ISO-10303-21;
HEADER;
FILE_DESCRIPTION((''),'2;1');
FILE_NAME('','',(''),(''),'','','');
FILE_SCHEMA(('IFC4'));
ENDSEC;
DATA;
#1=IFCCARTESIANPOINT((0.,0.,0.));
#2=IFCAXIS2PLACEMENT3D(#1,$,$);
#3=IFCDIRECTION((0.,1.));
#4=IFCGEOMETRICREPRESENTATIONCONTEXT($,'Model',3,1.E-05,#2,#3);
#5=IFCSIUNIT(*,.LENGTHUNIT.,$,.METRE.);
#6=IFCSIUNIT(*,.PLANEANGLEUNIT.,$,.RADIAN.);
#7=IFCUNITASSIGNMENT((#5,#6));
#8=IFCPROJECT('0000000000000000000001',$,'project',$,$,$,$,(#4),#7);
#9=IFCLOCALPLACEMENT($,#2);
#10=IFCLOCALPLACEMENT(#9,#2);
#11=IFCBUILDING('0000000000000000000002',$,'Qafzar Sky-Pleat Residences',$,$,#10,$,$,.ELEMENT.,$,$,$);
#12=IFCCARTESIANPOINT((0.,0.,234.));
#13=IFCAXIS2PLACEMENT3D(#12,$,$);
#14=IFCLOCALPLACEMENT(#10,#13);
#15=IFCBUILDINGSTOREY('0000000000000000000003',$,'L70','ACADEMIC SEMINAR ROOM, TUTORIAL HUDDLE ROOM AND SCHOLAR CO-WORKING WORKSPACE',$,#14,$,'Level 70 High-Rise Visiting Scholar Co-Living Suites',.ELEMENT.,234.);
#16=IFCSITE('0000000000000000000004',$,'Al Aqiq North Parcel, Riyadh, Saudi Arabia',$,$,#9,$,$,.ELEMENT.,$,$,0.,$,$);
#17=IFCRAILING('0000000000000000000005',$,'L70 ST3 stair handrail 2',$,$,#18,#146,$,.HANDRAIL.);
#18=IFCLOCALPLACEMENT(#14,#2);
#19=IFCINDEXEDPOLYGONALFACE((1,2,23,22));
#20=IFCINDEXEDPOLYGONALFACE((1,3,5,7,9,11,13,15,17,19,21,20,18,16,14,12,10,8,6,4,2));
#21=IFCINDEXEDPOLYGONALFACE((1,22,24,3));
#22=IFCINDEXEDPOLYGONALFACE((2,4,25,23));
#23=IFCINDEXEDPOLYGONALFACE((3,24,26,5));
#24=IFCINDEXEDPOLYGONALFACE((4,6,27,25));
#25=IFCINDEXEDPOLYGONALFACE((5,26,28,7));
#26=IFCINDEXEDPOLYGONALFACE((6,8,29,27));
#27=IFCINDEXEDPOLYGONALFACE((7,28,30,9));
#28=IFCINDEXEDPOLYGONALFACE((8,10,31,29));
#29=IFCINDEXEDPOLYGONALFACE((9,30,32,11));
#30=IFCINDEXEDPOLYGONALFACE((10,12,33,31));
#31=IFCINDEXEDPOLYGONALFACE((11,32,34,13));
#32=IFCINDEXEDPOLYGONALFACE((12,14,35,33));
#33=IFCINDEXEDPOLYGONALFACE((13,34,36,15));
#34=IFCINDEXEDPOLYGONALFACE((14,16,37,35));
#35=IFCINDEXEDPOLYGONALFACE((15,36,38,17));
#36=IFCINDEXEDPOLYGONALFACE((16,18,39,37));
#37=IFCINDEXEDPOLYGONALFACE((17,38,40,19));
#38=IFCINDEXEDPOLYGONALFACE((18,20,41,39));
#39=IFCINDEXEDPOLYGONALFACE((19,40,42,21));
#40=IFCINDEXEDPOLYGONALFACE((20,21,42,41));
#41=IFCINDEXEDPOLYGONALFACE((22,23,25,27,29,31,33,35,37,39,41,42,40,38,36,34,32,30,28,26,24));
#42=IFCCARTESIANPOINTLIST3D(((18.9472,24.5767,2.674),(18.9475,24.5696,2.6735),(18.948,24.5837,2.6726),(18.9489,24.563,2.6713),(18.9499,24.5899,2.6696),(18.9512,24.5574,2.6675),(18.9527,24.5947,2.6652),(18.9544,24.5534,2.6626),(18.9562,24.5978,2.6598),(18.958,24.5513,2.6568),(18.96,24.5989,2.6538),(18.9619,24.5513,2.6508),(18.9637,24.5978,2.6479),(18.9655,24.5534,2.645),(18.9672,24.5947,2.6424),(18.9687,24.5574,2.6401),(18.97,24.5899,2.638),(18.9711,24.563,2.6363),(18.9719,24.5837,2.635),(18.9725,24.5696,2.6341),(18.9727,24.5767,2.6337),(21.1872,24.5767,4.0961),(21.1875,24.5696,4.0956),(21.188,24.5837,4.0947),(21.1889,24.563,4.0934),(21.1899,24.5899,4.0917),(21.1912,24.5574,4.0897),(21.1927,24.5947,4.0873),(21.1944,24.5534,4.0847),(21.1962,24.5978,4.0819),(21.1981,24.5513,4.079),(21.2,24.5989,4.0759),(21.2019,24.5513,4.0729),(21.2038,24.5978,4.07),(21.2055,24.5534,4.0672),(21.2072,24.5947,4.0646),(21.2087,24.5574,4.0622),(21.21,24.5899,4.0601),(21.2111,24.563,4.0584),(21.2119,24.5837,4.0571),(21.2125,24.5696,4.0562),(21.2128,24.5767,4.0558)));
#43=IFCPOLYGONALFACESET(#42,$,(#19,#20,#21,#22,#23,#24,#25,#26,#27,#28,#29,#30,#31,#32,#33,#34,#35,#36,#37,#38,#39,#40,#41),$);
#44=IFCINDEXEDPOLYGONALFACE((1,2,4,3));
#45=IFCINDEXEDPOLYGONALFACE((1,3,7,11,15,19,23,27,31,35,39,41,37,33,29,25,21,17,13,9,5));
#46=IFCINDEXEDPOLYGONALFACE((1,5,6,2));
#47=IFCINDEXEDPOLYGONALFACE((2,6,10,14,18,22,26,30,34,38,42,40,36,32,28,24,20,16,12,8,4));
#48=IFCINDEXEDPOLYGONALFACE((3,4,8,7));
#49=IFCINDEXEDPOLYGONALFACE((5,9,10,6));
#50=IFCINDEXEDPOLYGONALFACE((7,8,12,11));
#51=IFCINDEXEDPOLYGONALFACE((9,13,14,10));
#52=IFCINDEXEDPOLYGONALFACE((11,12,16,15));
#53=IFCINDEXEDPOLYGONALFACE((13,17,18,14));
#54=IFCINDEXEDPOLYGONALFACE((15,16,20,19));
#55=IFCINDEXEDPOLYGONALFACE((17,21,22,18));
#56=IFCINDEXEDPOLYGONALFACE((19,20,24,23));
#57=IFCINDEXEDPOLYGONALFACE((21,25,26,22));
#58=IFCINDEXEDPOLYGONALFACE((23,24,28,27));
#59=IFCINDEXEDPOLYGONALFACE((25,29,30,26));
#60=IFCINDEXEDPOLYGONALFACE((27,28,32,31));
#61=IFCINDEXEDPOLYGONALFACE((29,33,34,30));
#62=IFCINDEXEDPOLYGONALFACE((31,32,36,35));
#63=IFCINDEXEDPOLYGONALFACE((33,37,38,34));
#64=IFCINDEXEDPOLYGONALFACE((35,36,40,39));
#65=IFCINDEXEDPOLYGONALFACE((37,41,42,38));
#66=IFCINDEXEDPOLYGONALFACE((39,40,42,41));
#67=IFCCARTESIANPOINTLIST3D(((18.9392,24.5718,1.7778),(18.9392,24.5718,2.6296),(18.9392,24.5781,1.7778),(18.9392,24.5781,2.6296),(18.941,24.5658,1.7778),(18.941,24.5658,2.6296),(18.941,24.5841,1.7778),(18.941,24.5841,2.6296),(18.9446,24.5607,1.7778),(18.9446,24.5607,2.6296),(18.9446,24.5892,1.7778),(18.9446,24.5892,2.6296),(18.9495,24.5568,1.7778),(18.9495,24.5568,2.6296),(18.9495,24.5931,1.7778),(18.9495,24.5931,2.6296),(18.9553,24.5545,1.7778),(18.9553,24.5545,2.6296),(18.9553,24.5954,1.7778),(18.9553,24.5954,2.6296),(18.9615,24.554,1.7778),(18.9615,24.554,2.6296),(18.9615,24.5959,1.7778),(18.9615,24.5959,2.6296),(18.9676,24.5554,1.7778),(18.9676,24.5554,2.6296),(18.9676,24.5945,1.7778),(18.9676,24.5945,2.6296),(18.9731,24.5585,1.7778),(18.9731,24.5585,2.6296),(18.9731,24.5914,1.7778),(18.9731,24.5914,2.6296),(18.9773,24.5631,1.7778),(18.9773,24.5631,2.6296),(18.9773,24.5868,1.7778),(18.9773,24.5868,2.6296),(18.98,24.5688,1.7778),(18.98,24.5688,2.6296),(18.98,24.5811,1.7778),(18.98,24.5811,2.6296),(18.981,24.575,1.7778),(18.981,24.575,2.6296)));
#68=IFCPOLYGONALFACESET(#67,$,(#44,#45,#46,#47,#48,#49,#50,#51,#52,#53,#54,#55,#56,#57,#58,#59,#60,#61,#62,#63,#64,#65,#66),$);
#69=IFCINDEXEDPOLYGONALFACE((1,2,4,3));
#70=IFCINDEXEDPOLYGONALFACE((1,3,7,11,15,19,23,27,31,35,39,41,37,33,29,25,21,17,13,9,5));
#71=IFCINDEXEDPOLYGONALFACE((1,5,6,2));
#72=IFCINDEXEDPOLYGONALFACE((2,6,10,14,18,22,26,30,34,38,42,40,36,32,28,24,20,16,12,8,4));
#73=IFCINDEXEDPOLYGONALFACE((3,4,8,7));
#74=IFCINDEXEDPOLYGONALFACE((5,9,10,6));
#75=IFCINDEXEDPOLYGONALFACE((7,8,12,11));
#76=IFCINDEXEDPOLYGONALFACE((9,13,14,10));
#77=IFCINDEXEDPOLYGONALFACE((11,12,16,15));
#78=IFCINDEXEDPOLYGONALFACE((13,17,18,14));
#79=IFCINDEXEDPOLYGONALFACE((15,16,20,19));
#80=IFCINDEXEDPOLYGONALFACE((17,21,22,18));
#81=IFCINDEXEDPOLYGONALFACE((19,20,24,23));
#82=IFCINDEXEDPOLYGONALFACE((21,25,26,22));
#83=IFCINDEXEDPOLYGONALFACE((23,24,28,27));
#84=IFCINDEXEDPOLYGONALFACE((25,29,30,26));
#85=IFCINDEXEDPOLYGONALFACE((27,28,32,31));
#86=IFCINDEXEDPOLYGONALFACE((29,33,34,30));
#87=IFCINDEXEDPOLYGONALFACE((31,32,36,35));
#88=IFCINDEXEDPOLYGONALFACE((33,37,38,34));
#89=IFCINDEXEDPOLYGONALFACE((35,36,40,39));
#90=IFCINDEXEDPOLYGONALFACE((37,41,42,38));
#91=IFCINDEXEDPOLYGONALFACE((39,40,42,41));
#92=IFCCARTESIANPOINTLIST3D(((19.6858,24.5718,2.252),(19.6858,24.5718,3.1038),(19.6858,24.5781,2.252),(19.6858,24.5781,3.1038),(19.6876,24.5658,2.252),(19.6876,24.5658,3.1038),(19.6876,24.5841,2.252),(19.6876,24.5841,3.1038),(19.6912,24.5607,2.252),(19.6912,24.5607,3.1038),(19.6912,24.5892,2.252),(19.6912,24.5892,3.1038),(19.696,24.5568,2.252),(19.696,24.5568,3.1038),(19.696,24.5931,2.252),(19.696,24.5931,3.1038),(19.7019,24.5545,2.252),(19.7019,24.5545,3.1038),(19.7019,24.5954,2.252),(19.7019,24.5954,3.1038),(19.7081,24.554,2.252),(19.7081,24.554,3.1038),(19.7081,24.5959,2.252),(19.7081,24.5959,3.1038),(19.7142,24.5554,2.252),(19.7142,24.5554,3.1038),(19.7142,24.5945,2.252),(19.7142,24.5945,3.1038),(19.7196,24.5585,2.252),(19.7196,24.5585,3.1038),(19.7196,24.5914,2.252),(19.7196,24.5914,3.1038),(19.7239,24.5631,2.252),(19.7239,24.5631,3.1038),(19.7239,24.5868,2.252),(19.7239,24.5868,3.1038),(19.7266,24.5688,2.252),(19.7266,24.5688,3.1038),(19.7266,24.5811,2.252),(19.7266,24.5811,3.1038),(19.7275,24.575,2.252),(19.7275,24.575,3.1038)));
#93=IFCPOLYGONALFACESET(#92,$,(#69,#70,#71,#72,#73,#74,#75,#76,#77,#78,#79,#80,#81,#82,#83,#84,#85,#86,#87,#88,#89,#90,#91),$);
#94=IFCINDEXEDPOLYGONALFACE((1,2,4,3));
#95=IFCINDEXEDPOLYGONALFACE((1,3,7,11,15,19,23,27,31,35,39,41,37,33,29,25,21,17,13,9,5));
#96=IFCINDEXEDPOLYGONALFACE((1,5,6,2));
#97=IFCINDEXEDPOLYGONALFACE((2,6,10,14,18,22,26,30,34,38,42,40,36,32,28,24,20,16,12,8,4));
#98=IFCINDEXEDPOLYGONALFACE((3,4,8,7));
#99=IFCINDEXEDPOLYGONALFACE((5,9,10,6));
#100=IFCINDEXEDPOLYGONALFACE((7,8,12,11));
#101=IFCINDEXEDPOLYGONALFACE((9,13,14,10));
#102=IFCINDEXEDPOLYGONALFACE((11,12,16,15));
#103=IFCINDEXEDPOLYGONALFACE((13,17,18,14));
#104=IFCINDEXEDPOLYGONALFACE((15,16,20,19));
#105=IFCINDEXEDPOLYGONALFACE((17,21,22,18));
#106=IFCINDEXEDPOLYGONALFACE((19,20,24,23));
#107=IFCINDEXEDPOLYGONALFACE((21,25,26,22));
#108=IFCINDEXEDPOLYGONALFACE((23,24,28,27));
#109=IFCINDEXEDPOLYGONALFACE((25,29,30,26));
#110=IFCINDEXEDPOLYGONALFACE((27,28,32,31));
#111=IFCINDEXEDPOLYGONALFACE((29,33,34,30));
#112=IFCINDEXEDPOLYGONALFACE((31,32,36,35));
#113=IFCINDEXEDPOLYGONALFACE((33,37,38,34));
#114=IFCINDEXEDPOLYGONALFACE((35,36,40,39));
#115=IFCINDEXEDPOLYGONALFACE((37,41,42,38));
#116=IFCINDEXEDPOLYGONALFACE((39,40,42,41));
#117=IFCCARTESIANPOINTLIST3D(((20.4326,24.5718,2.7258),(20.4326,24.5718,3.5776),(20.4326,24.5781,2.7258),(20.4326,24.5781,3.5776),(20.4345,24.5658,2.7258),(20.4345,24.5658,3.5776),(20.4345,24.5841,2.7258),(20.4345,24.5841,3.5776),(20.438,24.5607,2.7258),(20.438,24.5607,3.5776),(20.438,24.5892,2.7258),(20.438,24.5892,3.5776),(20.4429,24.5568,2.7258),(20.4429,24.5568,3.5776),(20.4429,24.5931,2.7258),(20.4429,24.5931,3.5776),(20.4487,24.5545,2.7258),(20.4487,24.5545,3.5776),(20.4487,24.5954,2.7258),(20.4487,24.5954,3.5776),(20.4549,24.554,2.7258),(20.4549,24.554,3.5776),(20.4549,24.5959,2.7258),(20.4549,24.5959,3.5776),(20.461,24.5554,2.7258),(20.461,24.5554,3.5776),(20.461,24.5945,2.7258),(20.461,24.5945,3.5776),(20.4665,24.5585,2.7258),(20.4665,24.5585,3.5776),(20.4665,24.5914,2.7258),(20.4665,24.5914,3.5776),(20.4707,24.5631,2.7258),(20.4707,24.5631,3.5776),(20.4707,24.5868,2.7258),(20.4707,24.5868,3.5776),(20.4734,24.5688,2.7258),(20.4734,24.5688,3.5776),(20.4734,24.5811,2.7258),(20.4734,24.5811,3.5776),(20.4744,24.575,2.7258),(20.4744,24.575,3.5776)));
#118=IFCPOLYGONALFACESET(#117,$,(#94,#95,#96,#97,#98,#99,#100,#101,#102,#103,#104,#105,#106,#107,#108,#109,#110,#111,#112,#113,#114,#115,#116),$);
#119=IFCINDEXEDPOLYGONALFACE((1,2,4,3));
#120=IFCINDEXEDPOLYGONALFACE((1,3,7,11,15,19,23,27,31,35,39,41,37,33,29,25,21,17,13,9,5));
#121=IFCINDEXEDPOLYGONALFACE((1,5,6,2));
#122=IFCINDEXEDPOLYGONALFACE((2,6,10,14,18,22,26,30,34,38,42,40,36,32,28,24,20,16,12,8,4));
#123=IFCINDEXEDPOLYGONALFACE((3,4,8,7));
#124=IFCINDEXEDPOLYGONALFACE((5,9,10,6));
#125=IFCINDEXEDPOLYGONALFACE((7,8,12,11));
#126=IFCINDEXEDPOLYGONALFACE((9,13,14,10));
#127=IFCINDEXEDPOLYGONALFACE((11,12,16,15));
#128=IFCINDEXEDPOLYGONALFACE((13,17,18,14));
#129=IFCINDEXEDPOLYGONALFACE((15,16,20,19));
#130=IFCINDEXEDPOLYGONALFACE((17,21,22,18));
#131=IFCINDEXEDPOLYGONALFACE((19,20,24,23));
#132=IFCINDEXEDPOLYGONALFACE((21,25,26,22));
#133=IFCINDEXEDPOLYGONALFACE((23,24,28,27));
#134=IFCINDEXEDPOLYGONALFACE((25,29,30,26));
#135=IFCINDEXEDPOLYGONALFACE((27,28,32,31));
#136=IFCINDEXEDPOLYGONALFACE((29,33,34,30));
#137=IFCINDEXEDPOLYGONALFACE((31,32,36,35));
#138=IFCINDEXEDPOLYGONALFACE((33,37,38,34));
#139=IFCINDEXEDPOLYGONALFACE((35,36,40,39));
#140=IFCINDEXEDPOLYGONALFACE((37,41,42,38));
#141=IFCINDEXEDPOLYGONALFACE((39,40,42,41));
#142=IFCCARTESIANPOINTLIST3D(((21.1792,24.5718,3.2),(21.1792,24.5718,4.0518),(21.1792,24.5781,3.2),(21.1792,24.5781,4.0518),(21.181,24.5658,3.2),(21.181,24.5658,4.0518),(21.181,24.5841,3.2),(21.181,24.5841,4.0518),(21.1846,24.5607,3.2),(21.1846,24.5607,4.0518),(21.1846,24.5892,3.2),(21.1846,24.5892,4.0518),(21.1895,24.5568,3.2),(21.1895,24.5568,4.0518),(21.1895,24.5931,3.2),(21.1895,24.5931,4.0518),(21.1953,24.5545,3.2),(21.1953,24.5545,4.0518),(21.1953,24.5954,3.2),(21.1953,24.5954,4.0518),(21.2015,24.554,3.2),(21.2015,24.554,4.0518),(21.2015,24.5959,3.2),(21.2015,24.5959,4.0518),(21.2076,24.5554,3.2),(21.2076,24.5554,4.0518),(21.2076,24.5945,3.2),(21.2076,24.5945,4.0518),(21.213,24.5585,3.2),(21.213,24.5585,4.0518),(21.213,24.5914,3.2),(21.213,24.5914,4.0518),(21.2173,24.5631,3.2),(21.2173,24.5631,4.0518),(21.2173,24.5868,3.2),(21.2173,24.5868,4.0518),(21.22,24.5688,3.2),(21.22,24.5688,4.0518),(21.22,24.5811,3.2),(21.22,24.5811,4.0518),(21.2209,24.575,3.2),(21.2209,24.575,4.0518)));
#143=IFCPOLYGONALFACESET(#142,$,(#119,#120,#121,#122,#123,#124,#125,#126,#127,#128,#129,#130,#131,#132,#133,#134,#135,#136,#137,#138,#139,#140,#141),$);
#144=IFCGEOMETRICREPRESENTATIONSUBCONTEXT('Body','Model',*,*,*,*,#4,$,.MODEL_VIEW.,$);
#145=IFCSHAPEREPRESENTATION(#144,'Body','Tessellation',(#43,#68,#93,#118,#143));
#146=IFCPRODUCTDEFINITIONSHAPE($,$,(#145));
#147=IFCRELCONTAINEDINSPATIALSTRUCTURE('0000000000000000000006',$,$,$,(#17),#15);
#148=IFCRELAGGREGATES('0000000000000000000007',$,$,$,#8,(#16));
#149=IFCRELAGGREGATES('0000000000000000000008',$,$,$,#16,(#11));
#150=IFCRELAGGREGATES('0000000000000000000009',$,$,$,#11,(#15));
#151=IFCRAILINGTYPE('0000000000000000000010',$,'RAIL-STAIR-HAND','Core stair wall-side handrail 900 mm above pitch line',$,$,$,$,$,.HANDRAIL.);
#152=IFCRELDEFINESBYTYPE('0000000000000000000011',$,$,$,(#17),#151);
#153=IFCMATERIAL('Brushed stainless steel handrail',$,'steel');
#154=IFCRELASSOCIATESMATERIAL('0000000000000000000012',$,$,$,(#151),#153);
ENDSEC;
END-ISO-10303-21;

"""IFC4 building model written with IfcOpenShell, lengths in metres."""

from ifc_helpers import new_model, si_unit, direction, frame, origin, origin_2d, place, context, subcontext, project, spatial, circle, extrude, source, transform, mapped, material, type_object, element, save


model = new_model("IFC4")

# Units and contexts
model_context = context("Model", 3, precision=1e-05, world=origin(), true_north=direction((0.0, 1.0)))
body_context = subcontext(model_context, "Body", "Model", "MODEL_VIEW")
ifc_project = project(units=[si_unit("LENGTHUNIT", "METRE"), si_unit("PLANEANGLEUNIT", "RADIAN")], contexts=[model_context])

# Site, building, storey
site_placement = place(None, origin())
site = spatial("IfcSite", under=ifc_project, at=site_placement, Name="Al Aqiq North Parcel, Riyadh, Saudi Arabia", CompositionType="ELEMENT", RefElevation=0.0)
building_placement = place(site_placement, origin())
building = spatial("IfcBuilding", under=site, at=building_placement, Name="Qafzar Sky-Pleat Residences", CompositionType="ELEMENT")
storey_placement = place(building_placement, frame((0.0, 0.0, 234.0)))
storey = spatial("IfcBuildingStorey", under=building, at=storey_placement, Name="L70", Description="ACADEMIC SEMINAR ROOM, TUTORIAL HUDDLE ROOM AND SCHOLAR CO-WORKING WORKSPACE", LongName="Level 70 High-Rise Visiting Scholar Co-Living Suites", CompositionType="ELEMENT", Elevation=234.0)

# Railing
ifc_material_1 = material(Name="Brushed stainless steel handrail", Category="steel")
railing_type_1 = type_object("IfcRailingType", Name="RAIL-STAIR-HAND", Description="Core stair wall-side handrail 900 mm above pitch line", PredefinedType="HANDRAIL", material=ifc_material_1)
shared_shape_1 = source(origin(), body_context, "Body", "SweptSolid", [
    extrude(circle(Radius=0.0239, at=origin_2d()), frame((0.0, 0.0, 0.876), z_axis=(0.844229, 0.0, 0.535982), x_axis=(0.0, 1.0, 0.0)), (0.0, 0.0, 1.0), 2.6533),
    extrude(circle(Radius=0.021, at=origin_2d()), origin(), (0.0, 0.0, 1.0), 0.8518),
    extrude(circle(Radius=0.021, at=origin_2d()), frame((0.7466, 0.0, 0.4741)), (0.0, 0.0, 1.0), 0.8518),
    extrude(circle(Radius=0.021, at=origin_2d()), frame((1.4934, 0.0, 0.948)), (0.0, 0.0, 1.0), 0.8518),
    extrude(circle(Radius=0.021, at=origin_2d()), frame((2.24, 0.0, 1.4221)), (0.0, 0.0, 1.0), 0.8518),
])
railing_1_placement = place(storey_placement, frame((18.96, 24.575, 1.7778)))
element("IfcRailing", 1, at=railing_1_placement, inside=storey, type_object=railing_type_1, Name="L70 ST3 stair handrail 2", PredefinedType="HANDRAIL", context=body_context, shape_type="MappedRepresentation", body=[
    mapped(shared_shape_1, transform((0.0, 0.0, 0.0), x_axis=(1.0, 0.0, 0.0), y_axis=(0.0, 1.0, 0.0), z_axis=(0.0, 0.0, 1.0), scale=1.0)),
])

save(model, "model.ifc")
